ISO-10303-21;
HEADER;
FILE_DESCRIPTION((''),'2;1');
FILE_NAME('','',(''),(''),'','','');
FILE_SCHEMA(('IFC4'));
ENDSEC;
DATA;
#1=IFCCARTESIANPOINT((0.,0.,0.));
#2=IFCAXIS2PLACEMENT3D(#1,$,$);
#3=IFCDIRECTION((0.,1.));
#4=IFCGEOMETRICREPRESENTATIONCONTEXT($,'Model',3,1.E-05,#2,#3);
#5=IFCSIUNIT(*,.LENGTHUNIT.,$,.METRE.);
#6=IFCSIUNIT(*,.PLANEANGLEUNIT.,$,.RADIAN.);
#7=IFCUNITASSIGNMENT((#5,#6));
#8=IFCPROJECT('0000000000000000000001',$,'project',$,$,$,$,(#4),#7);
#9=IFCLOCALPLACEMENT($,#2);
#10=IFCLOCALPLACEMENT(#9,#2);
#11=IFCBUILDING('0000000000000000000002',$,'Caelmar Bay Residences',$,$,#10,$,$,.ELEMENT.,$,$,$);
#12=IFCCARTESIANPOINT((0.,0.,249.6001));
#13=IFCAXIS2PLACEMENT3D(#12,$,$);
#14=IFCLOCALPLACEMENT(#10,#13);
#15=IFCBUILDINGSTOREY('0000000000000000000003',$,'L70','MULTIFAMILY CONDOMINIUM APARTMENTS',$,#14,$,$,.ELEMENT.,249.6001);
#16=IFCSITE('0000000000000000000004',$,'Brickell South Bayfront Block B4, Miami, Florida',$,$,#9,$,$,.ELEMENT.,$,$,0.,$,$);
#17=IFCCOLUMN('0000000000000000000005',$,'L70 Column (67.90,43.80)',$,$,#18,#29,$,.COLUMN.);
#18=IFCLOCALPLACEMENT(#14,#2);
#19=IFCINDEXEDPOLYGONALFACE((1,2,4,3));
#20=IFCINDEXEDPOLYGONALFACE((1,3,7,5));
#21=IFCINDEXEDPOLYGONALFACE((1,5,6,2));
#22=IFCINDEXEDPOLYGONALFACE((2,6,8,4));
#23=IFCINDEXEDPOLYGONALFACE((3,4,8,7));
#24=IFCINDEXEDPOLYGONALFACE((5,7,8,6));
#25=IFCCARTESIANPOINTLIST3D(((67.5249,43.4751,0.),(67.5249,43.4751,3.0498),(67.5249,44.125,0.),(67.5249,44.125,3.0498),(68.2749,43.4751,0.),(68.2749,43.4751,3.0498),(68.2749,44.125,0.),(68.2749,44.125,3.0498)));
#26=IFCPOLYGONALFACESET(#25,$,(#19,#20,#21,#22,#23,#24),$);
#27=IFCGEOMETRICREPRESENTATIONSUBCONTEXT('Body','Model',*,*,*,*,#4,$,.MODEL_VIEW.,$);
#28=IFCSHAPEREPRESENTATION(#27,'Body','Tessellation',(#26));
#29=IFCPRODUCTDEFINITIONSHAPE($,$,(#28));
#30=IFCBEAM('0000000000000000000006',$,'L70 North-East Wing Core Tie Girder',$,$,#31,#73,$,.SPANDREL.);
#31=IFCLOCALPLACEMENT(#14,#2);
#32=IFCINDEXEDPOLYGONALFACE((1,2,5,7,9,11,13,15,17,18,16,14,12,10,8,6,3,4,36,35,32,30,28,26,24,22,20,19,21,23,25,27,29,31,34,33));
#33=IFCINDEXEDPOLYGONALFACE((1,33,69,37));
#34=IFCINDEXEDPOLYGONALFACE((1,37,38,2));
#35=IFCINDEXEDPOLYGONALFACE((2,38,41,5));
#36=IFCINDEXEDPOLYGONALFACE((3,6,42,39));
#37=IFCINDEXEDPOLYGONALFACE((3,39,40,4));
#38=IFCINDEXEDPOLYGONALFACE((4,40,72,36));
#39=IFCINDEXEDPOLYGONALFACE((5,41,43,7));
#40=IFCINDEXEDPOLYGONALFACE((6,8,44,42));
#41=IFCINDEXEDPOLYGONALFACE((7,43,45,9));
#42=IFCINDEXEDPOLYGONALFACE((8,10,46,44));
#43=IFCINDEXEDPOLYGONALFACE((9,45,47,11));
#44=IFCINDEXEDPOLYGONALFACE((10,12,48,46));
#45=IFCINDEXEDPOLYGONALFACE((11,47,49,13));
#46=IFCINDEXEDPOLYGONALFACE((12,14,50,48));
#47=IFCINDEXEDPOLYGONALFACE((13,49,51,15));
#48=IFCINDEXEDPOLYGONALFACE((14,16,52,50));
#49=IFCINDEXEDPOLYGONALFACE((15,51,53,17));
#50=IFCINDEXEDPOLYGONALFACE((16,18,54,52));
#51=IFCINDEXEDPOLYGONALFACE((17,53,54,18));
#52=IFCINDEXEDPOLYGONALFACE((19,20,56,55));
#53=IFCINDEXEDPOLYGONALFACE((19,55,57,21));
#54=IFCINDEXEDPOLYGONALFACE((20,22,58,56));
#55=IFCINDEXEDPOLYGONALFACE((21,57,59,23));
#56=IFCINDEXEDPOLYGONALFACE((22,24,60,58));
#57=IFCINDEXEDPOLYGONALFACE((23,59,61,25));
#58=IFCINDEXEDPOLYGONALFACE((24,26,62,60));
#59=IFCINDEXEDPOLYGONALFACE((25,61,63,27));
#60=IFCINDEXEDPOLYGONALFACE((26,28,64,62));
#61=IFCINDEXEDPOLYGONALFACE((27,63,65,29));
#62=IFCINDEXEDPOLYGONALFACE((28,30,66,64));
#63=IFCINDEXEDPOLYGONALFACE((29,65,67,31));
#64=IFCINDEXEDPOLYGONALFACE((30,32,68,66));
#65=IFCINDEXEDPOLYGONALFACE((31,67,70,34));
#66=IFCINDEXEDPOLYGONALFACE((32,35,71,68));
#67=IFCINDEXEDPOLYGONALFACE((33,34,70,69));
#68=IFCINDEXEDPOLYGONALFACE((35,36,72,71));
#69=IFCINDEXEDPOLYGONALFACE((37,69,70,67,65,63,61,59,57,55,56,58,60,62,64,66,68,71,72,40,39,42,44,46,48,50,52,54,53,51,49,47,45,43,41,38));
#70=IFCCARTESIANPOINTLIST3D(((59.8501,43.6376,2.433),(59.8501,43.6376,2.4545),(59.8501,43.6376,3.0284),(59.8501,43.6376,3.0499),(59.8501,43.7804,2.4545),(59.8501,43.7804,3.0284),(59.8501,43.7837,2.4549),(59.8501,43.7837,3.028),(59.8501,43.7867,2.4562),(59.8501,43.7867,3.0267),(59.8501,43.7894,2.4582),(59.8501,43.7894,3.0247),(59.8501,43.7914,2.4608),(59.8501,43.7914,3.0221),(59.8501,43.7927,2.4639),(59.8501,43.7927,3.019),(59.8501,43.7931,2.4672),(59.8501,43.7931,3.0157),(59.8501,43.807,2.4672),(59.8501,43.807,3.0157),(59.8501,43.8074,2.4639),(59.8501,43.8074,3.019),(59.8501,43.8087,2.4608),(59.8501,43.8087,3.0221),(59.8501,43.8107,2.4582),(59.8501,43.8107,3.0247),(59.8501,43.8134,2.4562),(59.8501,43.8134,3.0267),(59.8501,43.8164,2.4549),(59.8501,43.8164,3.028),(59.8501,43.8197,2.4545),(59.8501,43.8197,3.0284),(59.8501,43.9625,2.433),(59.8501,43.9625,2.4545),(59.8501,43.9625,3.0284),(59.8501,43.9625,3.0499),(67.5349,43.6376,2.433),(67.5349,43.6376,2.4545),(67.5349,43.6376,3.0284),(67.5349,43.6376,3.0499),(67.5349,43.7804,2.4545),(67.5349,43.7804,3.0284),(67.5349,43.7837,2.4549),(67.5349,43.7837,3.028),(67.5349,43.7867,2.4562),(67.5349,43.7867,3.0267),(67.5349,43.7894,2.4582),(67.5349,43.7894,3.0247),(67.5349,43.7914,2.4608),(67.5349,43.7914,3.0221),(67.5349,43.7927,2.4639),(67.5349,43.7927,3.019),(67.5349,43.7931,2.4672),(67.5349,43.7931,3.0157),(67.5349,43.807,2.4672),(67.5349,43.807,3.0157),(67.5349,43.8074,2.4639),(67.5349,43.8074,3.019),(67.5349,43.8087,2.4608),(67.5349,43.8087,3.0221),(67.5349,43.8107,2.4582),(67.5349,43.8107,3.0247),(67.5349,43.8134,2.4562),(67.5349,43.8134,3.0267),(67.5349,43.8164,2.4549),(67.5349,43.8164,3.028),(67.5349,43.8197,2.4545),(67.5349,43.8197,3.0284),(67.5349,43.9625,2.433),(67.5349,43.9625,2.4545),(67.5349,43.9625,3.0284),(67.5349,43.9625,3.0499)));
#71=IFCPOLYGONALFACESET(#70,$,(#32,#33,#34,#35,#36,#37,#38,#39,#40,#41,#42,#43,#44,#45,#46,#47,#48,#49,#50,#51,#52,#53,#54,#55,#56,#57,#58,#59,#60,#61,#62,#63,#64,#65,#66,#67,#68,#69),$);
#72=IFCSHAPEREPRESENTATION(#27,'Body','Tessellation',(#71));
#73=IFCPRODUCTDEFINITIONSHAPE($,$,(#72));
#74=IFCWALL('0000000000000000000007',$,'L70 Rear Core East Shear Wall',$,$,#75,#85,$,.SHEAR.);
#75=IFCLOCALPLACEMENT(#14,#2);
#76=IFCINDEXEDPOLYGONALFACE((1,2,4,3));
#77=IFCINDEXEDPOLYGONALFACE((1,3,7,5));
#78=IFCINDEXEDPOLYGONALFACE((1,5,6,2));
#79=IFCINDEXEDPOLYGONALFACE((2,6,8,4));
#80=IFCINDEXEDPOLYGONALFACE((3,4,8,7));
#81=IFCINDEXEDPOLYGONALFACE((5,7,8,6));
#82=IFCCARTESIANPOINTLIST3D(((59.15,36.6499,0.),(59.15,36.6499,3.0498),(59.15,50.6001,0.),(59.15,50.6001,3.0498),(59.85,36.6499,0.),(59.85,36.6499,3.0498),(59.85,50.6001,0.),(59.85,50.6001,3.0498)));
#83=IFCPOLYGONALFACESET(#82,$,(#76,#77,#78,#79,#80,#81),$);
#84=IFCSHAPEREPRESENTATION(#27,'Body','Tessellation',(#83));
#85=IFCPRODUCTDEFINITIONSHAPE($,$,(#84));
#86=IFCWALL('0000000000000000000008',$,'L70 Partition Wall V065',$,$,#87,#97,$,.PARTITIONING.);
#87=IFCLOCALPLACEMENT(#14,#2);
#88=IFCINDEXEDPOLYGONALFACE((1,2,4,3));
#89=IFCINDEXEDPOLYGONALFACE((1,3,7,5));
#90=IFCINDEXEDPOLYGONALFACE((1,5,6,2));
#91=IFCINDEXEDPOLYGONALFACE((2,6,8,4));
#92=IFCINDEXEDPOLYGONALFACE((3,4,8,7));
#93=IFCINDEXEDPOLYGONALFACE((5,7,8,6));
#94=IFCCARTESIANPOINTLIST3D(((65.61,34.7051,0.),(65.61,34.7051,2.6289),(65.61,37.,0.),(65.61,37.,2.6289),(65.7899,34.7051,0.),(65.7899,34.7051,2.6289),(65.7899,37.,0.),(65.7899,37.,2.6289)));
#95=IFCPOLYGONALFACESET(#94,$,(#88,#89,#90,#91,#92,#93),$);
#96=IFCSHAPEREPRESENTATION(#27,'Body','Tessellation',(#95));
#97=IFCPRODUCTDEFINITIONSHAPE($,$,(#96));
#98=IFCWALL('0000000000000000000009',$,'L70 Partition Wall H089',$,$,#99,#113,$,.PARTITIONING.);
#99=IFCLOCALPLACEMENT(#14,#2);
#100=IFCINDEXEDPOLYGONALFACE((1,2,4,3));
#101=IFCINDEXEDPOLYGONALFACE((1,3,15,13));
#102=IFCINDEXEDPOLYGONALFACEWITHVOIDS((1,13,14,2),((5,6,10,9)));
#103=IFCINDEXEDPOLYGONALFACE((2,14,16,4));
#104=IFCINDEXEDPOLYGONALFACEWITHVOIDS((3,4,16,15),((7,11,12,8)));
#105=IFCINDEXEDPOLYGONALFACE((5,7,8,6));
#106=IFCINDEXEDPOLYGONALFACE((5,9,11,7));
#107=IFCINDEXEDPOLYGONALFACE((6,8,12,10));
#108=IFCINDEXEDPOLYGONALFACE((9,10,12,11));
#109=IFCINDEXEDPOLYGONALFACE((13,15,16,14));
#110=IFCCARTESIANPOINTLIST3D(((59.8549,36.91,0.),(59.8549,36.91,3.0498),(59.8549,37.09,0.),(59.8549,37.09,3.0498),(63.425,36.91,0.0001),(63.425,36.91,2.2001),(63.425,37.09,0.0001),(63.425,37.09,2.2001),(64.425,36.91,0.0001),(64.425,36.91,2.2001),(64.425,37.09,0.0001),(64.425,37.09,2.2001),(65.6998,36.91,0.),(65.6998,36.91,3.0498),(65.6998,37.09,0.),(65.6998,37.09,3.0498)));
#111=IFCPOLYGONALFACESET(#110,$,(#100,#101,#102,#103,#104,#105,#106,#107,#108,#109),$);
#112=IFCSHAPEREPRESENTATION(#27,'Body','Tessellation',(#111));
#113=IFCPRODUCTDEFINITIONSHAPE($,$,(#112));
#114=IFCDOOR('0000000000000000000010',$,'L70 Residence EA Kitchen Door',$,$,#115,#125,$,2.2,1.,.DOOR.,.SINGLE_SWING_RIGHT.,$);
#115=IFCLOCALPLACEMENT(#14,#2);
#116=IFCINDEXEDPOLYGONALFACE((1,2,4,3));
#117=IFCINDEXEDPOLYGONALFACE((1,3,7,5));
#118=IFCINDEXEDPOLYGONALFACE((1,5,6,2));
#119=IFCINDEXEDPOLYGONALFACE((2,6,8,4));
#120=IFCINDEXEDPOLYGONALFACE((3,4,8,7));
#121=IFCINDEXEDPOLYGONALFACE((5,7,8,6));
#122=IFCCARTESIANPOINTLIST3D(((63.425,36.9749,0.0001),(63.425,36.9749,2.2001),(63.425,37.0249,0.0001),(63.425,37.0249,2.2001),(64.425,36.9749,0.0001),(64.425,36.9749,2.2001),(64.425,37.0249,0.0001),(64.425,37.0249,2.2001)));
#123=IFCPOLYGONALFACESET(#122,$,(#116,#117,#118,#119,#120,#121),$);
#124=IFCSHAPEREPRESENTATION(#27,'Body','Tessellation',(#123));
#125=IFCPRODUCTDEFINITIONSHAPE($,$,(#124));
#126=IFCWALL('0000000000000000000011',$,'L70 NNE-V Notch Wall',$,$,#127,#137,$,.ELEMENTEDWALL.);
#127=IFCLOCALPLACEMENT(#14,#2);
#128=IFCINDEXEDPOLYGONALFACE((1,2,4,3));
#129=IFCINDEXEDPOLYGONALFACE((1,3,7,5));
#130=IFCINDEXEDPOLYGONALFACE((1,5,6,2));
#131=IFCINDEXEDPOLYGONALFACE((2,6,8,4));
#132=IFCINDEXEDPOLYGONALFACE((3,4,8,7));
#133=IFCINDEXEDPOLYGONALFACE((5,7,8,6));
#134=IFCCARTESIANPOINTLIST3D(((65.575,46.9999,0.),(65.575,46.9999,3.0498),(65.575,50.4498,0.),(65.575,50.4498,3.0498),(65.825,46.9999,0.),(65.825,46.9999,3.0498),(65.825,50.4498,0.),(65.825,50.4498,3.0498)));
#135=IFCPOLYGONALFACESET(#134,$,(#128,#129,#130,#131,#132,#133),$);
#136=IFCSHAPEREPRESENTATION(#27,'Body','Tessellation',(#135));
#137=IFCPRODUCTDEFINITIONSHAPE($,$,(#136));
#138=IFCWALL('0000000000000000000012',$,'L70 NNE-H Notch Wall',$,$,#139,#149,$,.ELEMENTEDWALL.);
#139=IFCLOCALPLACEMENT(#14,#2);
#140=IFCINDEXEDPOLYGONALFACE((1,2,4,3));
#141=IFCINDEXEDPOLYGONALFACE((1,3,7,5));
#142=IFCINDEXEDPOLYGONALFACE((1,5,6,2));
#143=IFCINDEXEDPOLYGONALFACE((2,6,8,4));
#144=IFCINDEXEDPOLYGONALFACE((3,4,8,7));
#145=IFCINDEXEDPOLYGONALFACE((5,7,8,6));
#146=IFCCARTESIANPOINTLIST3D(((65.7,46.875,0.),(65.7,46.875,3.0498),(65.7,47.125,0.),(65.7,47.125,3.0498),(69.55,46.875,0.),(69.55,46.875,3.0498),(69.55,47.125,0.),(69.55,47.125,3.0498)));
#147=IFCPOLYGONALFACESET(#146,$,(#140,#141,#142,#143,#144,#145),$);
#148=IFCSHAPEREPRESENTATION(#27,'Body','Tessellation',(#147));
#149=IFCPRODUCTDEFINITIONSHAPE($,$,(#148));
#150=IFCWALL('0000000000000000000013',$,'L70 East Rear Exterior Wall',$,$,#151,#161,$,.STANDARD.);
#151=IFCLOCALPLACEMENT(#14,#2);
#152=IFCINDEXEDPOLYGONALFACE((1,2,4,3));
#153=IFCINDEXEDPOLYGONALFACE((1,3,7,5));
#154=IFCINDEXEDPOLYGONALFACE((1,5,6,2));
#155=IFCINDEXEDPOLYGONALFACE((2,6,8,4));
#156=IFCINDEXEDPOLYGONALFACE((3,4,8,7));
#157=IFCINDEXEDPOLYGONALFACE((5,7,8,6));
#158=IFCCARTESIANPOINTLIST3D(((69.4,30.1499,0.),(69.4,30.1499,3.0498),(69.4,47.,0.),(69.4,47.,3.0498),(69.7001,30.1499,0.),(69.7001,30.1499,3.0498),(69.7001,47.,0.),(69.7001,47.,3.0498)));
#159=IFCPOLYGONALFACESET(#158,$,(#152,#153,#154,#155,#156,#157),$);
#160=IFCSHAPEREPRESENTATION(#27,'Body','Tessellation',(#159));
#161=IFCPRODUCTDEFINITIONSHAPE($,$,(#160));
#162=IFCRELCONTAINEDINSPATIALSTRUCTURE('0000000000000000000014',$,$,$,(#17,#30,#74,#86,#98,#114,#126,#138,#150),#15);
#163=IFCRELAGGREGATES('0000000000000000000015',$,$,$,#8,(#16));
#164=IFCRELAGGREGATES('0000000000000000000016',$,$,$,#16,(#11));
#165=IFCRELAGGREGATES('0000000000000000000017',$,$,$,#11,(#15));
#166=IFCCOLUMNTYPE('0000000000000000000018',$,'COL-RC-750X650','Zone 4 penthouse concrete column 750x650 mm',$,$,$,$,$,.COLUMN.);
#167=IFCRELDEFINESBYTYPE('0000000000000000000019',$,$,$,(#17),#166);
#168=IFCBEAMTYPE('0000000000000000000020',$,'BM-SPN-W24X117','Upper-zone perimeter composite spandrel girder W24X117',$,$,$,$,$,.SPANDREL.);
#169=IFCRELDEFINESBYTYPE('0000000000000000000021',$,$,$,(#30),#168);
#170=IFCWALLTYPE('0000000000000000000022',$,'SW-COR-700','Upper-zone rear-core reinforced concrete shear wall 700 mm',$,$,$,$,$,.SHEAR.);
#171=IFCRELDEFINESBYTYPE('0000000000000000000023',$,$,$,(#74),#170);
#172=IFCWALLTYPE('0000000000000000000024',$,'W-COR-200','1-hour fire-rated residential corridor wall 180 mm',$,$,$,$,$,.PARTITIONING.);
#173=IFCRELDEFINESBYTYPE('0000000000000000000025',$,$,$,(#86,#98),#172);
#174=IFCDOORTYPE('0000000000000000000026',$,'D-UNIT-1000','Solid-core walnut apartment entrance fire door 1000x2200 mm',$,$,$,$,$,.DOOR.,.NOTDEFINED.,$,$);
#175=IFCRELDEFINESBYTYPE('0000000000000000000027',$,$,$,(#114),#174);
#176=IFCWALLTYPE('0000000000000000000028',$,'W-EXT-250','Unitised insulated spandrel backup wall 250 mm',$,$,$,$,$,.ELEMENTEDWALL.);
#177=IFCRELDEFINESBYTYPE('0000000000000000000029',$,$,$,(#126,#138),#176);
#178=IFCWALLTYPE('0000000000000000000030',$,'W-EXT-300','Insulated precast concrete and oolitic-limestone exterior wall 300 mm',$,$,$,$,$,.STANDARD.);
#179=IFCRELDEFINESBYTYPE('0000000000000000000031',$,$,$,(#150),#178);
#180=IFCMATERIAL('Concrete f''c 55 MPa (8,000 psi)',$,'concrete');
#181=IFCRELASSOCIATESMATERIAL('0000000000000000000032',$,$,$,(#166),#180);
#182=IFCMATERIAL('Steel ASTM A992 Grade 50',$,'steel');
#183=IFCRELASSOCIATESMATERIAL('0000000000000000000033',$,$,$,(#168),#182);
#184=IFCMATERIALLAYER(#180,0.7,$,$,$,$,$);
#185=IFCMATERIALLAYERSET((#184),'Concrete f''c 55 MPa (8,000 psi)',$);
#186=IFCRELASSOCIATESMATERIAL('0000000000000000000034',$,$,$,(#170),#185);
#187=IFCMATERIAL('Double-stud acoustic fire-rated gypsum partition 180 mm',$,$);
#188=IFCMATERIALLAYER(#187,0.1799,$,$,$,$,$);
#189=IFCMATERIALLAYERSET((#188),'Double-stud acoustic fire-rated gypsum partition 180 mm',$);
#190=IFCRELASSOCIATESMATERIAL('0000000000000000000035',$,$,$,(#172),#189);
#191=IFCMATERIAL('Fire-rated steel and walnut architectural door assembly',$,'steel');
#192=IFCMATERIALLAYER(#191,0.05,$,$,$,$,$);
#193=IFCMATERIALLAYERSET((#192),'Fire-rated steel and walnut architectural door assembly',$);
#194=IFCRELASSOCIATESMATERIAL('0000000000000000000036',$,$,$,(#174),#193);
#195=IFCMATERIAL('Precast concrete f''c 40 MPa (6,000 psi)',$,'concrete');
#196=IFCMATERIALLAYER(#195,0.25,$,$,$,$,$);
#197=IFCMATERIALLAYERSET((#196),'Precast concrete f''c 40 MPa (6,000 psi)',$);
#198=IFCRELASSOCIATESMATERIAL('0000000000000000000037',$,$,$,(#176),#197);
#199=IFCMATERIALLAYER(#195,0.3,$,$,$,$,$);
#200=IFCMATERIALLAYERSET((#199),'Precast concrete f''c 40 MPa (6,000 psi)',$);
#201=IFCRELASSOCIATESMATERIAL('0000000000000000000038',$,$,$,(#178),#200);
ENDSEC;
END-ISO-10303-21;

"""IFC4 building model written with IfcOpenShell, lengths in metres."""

from ifc_helpers import new_model, si_unit, direction, frame, frame_2d, origin, origin_2d, place, context, subcontext, project, spatial, rectangle, i_section, extrude, material, layer, layer_set, material_profile, profile_set, type_object, element, fill, save


model = new_model("IFC4")

# Units and contexts
model_context = context("Model", 3, precision=1e-05, world=origin(), true_north=direction((0.0, 1.0)))
body_context = subcontext(model_context, "Body", "Model", "MODEL_VIEW")
ifc_project = project(units=[si_unit("LENGTHUNIT", "METRE"), si_unit("PLANEANGLEUNIT", "RADIAN")], contexts=[model_context])

# Site, building, storey
site_placement = place(None, origin())
site = spatial("IfcSite", under=ifc_project, at=site_placement, Name="Brickell South Bayfront Block B4, Miami, Florida", CompositionType="ELEMENT", RefElevation=0.0)
building_placement = place(site_placement, origin())
building = spatial("IfcBuilding", under=site, at=building_placement, Name="Caelmar Bay Residences", CompositionType="ELEMENT")
storey_placement = place(building_placement, frame((0.0, 0.0, 249.6001)))
storey = spatial("IfcBuildingStorey", under=building, at=storey_placement, Name="L70", Description="MULTIFAMILY CONDOMINIUM APARTMENTS", CompositionType="ELEMENT", Elevation=249.6001)

# Column
ifc_material_1 = material(Name="Concrete f'c 55 MPa (8,000 psi)", Category="concrete")
ifc_material_profile_1 = material_profile(ifc_material_1, rectangle(XDim=0.75, YDim=0.6499, at=origin_2d()), Name="RC-COL-750X650")
ifc_profile_set_1 = profile_set([ifc_material_profile_1], Name="Concrete f'c 55 MPa (8,000 psi)")
column_type = type_object("IfcColumnType", Name="COL-RC-750X650", Description="Zone 4 penthouse concrete column 750x650 mm", PredefinedType="COLUMN", material=ifc_profile_set_1)
column_placement = place(storey_placement, frame((67.8999, 43.8, 0.0), z_axis=(0.0, 0.0, 1.0), x_axis=(1.0, 0.0, 0.0)))
element("IfcColumn", 1, at=column_placement, inside=storey, type_object=column_type, Name="L70 Column (67.90,43.80)", PredefinedType="COLUMN", context=body_context, shape_type="SweptSolid", body=[
    extrude(rectangle(XDim=0.75, YDim=0.6499, at=origin_2d()), origin(), (0.0, 0.0, 1.0), 3.0498),
])

# Beam
ifc_material_2 = material(Name="Steel ASTM A992 Grade 50", Category="steel")
ifc_material_profile_2 = material_profile(ifc_material_2, i_section(OverallWidth=0.325, OverallDepth=0.6169, WebThickness=0.0139, FlangeThickness=0.0215, FilletRadius=0.0127, at=origin_2d()), Name="W24X117")
ifc_profile_set_2 = profile_set([ifc_material_profile_2], Name="Steel ASTM A992 Grade 50")
beam_type = type_object("IfcBeamType", Name="BM-SPN-W24X117", Description="Upper-zone perimeter composite spandrel girder W24X117", PredefinedType="SPANDREL", material=ifc_profile_set_2)
beam_placement = place(storey_placement, frame((59.8501, 43.8, 2.7415), z_axis=(1.0, 0.0, 0.0), x_axis=(0.0, 1.0, 0.0)))
element("IfcBeam", 2, at=beam_placement, inside=storey, type_object=beam_type, Name="L70 North-East Wing Core Tie Girder", PredefinedType="SPANDREL", context=body_context, shape_type="SweptSolid", body=[
    extrude(i_section(OverallWidth=0.325, OverallDepth=0.6169, WebThickness=0.0139, FlangeThickness=0.0215, FilletRadius=0.0127, at=origin_2d()), origin(), (0.0, 0.0, 1.0), 7.6848),
])

# Walls
ifc_layer_1 = layer(ifc_material_1, 0.7)
ifc_layer_set_1 = layer_set([ifc_layer_1], Name="Concrete f'c 55 MPa (8,000 psi)")
wall_type_1 = type_object("IfcWallType", Name="SW-COR-700", Description="Upper-zone rear-core reinforced concrete shear wall 700 mm", PredefinedType="SHEAR", material=ifc_layer_set_1)
wall_1_placement = place(storey_placement, frame((59.5, 36.6499, 0.0), z_axis=(0.0, 0.0, 1.0), x_axis=(0.0, 1.0, 0.0)))
element("IfcWall", 3, at=wall_1_placement, inside=storey, type_object=wall_type_1, Name="L70 Rear Core East Shear Wall", PredefinedType="SHEAR", context=body_context, shape_type="SweptSolid", body=[
    extrude(rectangle(XDim=13.9502, YDim=0.7, at=frame_2d((6.9751, 0.0))), origin(), (0.0, 0.0, 1.0), 3.0498),
])
ifc_material_3 = material(Name="Double-stud acoustic fire-rated gypsum partition 180 mm")
ifc_layer_2 = layer(ifc_material_3, 0.1799)
ifc_layer_set_2 = layer_set([ifc_layer_2], Name="Double-stud acoustic fire-rated gypsum partition 180 mm")
wall_type_2 = type_object("IfcWallType", Name="W-COR-200", Description="1-hour fire-rated residential corridor wall 180 mm", PredefinedType="PARTITIONING", material=ifc_layer_set_2)
wall_2_placement = place(storey_placement, frame((65.7, 34.7051, 0.0), z_axis=(0.0, 0.0, 1.0), x_axis=(0.0, 1.0, 0.0)))
element("IfcWall", 4, at=wall_2_placement, inside=storey, type_object=wall_type_2, Name="L70 Partition Wall V065", PredefinedType="PARTITIONING", context=body_context, shape_type="SweptSolid", body=[
    extrude(rectangle(XDim=2.2949, YDim=0.1799, at=frame_2d((1.1475, 0.0))), origin(), (0.0, 0.0, 1.0), 2.6289),
])

# Wall, opening, door
wall_3_placement = place(storey_placement, frame((59.855, 37.0, 0.0), z_axis=(0.0, 0.0, 1.0), x_axis=(1.0, 0.0, 0.0)))
wall_3 = element("IfcWall", 5, at=wall_3_placement, inside=storey, type_object=wall_type_2, Name="L70 Partition Wall H089", PredefinedType="PARTITIONING", context=body_context, shape_type="SweptSolid", body=[
    extrude(rectangle(XDim=5.845, YDim=0.1799, at=frame_2d((2.9224, 0.0))), origin(), (0.0, 0.0, 1.0), 3.0498),
])
opening_1_placement = place(wall_3_placement, frame((3.5701, 0.0, 0.0)))
opening_1 = element("IfcOpeningElement", 6, at=opening_1_placement, cuts=wall_3, PredefinedType="OPENING", context=body_context, shape_type="SweptSolid", body=[
    extrude(rectangle(XDim=1.0, YDim=2.2, at=frame_2d((0.5, 1.1001))), frame((0.0, 0.0999, 0.0), z_axis=(0.0, -1.0, 0.0), x_axis=(1.0, 0.0, 0.0)), (0.0, 0.0, 1.0), 0.2),
])
ifc_material_4 = material(Name="Fire-rated steel and walnut architectural door assembly", Category="steel")
ifc_layer_3 = layer(ifc_material_4, 0.05)
ifc_layer_set_3 = layer_set([ifc_layer_3], Name="Fire-rated steel and walnut architectural door assembly")
door_type_1 = type_object("IfcDoorType", Name="D-UNIT-1000", Description="Solid-core walnut apartment entrance fire door 1000x2200 mm", OperationType="NOTDEFINED", PredefinedType="DOOR", material=ifc_layer_set_3)
door_1_placement = place(opening_1_placement, origin())
door_1 = element("IfcDoor", 7, at=door_1_placement, inside=storey, type_object=door_type_1, Name="L70 Residence EA Kitchen Door", OperationType="SINGLE_SWING_RIGHT", OverallHeight=2.2, OverallWidth=1.0, PredefinedType="DOOR", context=body_context, shape_type="SweptSolid", body=[
    extrude(rectangle(XDim=1.0, YDim=2.2, at=frame_2d((0.5, 1.1001))), frame((0.0, 0.0249, 0.0), z_axis=(0.0, -1.0, 0.0), x_axis=(1.0, 0.0, 0.0)), (0.0, 0.0, 1.0), 0.05),
])
fill(opening_1, door_1)

# Walls
ifc_material_5 = material(Name="Precast concrete f'c 40 MPa (6,000 psi)", Category="concrete")
ifc_layer_4 = layer(ifc_material_5, 0.25)
ifc_layer_set_4 = layer_set([ifc_layer_4], Name="Precast concrete f'c 40 MPa (6,000 psi)")
wall_type_3 = type_object("IfcWallType", Name="W-EXT-250", Description="Unitised insulated spandrel backup wall 250 mm", PredefinedType="ELEMENTEDWALL", material=ifc_layer_set_4)
wall_4_placement = place(storey_placement, frame((65.7, 50.45, 0.0), z_axis=(0.0, 0.0, 1.0), x_axis=(0.0, -1.0, 0.0)))
element("IfcWall", 8, at=wall_4_placement, inside=storey, type_object=wall_type_3, Name="L70 NNE-V Notch Wall", PredefinedType="ELEMENTEDWALL", context=body_context, shape_type="SweptSolid", body=[
    extrude(rectangle(XDim=3.45, YDim=0.25, at=frame_2d((1.7251, 0.0))), origin(), (0.0, 0.0, 1.0), 3.0498),
])
wall_5_placement = place(storey_placement, frame((65.7, 47.0, 0.0), z_axis=(0.0, 0.0, 1.0), x_axis=(1.0, 0.0, 0.0)))
element("IfcWall", 9, at=wall_5_placement, inside=storey, type_object=wall_type_3, Name="L70 NNE-H Notch Wall", PredefinedType="ELEMENTEDWALL", context=body_context, shape_type="SweptSolid", body=[
    extrude(rectangle(XDim=3.8501, YDim=0.25, at=frame_2d((1.925, 0.0))), origin(), (0.0, 0.0, 1.0), 3.0498),
])
ifc_layer_5 = layer(ifc_material_5, 0.3)
ifc_layer_set_5 = layer_set([ifc_layer_5], Name="Precast concrete f'c 40 MPa (6,000 psi)")
wall_type_4 = type_object("IfcWallType", Name="W-EXT-300", Description="Insulated precast concrete and oolitic-limestone exterior wall 300 mm", PredefinedType="STANDARD", material=ifc_layer_set_5)
wall_6_placement = place(storey_placement, frame((69.55, 47.0, 0.0), z_axis=(0.0, 0.0, 1.0), x_axis=(0.0, -1.0, 0.0)))
element("IfcWall", 10, at=wall_6_placement, inside=storey, type_object=wall_type_4, Name="L70 East Rear Exterior Wall", PredefinedType="STANDARD", context=body_context, shape_type="SweptSolid", body=[
    extrude(rectangle(XDim=16.8501, YDim=0.3, at=frame_2d((8.425, 0.0))), origin(), (0.0, 0.0, 1.0), 3.0498),
])

save(model, "model.ifc")
